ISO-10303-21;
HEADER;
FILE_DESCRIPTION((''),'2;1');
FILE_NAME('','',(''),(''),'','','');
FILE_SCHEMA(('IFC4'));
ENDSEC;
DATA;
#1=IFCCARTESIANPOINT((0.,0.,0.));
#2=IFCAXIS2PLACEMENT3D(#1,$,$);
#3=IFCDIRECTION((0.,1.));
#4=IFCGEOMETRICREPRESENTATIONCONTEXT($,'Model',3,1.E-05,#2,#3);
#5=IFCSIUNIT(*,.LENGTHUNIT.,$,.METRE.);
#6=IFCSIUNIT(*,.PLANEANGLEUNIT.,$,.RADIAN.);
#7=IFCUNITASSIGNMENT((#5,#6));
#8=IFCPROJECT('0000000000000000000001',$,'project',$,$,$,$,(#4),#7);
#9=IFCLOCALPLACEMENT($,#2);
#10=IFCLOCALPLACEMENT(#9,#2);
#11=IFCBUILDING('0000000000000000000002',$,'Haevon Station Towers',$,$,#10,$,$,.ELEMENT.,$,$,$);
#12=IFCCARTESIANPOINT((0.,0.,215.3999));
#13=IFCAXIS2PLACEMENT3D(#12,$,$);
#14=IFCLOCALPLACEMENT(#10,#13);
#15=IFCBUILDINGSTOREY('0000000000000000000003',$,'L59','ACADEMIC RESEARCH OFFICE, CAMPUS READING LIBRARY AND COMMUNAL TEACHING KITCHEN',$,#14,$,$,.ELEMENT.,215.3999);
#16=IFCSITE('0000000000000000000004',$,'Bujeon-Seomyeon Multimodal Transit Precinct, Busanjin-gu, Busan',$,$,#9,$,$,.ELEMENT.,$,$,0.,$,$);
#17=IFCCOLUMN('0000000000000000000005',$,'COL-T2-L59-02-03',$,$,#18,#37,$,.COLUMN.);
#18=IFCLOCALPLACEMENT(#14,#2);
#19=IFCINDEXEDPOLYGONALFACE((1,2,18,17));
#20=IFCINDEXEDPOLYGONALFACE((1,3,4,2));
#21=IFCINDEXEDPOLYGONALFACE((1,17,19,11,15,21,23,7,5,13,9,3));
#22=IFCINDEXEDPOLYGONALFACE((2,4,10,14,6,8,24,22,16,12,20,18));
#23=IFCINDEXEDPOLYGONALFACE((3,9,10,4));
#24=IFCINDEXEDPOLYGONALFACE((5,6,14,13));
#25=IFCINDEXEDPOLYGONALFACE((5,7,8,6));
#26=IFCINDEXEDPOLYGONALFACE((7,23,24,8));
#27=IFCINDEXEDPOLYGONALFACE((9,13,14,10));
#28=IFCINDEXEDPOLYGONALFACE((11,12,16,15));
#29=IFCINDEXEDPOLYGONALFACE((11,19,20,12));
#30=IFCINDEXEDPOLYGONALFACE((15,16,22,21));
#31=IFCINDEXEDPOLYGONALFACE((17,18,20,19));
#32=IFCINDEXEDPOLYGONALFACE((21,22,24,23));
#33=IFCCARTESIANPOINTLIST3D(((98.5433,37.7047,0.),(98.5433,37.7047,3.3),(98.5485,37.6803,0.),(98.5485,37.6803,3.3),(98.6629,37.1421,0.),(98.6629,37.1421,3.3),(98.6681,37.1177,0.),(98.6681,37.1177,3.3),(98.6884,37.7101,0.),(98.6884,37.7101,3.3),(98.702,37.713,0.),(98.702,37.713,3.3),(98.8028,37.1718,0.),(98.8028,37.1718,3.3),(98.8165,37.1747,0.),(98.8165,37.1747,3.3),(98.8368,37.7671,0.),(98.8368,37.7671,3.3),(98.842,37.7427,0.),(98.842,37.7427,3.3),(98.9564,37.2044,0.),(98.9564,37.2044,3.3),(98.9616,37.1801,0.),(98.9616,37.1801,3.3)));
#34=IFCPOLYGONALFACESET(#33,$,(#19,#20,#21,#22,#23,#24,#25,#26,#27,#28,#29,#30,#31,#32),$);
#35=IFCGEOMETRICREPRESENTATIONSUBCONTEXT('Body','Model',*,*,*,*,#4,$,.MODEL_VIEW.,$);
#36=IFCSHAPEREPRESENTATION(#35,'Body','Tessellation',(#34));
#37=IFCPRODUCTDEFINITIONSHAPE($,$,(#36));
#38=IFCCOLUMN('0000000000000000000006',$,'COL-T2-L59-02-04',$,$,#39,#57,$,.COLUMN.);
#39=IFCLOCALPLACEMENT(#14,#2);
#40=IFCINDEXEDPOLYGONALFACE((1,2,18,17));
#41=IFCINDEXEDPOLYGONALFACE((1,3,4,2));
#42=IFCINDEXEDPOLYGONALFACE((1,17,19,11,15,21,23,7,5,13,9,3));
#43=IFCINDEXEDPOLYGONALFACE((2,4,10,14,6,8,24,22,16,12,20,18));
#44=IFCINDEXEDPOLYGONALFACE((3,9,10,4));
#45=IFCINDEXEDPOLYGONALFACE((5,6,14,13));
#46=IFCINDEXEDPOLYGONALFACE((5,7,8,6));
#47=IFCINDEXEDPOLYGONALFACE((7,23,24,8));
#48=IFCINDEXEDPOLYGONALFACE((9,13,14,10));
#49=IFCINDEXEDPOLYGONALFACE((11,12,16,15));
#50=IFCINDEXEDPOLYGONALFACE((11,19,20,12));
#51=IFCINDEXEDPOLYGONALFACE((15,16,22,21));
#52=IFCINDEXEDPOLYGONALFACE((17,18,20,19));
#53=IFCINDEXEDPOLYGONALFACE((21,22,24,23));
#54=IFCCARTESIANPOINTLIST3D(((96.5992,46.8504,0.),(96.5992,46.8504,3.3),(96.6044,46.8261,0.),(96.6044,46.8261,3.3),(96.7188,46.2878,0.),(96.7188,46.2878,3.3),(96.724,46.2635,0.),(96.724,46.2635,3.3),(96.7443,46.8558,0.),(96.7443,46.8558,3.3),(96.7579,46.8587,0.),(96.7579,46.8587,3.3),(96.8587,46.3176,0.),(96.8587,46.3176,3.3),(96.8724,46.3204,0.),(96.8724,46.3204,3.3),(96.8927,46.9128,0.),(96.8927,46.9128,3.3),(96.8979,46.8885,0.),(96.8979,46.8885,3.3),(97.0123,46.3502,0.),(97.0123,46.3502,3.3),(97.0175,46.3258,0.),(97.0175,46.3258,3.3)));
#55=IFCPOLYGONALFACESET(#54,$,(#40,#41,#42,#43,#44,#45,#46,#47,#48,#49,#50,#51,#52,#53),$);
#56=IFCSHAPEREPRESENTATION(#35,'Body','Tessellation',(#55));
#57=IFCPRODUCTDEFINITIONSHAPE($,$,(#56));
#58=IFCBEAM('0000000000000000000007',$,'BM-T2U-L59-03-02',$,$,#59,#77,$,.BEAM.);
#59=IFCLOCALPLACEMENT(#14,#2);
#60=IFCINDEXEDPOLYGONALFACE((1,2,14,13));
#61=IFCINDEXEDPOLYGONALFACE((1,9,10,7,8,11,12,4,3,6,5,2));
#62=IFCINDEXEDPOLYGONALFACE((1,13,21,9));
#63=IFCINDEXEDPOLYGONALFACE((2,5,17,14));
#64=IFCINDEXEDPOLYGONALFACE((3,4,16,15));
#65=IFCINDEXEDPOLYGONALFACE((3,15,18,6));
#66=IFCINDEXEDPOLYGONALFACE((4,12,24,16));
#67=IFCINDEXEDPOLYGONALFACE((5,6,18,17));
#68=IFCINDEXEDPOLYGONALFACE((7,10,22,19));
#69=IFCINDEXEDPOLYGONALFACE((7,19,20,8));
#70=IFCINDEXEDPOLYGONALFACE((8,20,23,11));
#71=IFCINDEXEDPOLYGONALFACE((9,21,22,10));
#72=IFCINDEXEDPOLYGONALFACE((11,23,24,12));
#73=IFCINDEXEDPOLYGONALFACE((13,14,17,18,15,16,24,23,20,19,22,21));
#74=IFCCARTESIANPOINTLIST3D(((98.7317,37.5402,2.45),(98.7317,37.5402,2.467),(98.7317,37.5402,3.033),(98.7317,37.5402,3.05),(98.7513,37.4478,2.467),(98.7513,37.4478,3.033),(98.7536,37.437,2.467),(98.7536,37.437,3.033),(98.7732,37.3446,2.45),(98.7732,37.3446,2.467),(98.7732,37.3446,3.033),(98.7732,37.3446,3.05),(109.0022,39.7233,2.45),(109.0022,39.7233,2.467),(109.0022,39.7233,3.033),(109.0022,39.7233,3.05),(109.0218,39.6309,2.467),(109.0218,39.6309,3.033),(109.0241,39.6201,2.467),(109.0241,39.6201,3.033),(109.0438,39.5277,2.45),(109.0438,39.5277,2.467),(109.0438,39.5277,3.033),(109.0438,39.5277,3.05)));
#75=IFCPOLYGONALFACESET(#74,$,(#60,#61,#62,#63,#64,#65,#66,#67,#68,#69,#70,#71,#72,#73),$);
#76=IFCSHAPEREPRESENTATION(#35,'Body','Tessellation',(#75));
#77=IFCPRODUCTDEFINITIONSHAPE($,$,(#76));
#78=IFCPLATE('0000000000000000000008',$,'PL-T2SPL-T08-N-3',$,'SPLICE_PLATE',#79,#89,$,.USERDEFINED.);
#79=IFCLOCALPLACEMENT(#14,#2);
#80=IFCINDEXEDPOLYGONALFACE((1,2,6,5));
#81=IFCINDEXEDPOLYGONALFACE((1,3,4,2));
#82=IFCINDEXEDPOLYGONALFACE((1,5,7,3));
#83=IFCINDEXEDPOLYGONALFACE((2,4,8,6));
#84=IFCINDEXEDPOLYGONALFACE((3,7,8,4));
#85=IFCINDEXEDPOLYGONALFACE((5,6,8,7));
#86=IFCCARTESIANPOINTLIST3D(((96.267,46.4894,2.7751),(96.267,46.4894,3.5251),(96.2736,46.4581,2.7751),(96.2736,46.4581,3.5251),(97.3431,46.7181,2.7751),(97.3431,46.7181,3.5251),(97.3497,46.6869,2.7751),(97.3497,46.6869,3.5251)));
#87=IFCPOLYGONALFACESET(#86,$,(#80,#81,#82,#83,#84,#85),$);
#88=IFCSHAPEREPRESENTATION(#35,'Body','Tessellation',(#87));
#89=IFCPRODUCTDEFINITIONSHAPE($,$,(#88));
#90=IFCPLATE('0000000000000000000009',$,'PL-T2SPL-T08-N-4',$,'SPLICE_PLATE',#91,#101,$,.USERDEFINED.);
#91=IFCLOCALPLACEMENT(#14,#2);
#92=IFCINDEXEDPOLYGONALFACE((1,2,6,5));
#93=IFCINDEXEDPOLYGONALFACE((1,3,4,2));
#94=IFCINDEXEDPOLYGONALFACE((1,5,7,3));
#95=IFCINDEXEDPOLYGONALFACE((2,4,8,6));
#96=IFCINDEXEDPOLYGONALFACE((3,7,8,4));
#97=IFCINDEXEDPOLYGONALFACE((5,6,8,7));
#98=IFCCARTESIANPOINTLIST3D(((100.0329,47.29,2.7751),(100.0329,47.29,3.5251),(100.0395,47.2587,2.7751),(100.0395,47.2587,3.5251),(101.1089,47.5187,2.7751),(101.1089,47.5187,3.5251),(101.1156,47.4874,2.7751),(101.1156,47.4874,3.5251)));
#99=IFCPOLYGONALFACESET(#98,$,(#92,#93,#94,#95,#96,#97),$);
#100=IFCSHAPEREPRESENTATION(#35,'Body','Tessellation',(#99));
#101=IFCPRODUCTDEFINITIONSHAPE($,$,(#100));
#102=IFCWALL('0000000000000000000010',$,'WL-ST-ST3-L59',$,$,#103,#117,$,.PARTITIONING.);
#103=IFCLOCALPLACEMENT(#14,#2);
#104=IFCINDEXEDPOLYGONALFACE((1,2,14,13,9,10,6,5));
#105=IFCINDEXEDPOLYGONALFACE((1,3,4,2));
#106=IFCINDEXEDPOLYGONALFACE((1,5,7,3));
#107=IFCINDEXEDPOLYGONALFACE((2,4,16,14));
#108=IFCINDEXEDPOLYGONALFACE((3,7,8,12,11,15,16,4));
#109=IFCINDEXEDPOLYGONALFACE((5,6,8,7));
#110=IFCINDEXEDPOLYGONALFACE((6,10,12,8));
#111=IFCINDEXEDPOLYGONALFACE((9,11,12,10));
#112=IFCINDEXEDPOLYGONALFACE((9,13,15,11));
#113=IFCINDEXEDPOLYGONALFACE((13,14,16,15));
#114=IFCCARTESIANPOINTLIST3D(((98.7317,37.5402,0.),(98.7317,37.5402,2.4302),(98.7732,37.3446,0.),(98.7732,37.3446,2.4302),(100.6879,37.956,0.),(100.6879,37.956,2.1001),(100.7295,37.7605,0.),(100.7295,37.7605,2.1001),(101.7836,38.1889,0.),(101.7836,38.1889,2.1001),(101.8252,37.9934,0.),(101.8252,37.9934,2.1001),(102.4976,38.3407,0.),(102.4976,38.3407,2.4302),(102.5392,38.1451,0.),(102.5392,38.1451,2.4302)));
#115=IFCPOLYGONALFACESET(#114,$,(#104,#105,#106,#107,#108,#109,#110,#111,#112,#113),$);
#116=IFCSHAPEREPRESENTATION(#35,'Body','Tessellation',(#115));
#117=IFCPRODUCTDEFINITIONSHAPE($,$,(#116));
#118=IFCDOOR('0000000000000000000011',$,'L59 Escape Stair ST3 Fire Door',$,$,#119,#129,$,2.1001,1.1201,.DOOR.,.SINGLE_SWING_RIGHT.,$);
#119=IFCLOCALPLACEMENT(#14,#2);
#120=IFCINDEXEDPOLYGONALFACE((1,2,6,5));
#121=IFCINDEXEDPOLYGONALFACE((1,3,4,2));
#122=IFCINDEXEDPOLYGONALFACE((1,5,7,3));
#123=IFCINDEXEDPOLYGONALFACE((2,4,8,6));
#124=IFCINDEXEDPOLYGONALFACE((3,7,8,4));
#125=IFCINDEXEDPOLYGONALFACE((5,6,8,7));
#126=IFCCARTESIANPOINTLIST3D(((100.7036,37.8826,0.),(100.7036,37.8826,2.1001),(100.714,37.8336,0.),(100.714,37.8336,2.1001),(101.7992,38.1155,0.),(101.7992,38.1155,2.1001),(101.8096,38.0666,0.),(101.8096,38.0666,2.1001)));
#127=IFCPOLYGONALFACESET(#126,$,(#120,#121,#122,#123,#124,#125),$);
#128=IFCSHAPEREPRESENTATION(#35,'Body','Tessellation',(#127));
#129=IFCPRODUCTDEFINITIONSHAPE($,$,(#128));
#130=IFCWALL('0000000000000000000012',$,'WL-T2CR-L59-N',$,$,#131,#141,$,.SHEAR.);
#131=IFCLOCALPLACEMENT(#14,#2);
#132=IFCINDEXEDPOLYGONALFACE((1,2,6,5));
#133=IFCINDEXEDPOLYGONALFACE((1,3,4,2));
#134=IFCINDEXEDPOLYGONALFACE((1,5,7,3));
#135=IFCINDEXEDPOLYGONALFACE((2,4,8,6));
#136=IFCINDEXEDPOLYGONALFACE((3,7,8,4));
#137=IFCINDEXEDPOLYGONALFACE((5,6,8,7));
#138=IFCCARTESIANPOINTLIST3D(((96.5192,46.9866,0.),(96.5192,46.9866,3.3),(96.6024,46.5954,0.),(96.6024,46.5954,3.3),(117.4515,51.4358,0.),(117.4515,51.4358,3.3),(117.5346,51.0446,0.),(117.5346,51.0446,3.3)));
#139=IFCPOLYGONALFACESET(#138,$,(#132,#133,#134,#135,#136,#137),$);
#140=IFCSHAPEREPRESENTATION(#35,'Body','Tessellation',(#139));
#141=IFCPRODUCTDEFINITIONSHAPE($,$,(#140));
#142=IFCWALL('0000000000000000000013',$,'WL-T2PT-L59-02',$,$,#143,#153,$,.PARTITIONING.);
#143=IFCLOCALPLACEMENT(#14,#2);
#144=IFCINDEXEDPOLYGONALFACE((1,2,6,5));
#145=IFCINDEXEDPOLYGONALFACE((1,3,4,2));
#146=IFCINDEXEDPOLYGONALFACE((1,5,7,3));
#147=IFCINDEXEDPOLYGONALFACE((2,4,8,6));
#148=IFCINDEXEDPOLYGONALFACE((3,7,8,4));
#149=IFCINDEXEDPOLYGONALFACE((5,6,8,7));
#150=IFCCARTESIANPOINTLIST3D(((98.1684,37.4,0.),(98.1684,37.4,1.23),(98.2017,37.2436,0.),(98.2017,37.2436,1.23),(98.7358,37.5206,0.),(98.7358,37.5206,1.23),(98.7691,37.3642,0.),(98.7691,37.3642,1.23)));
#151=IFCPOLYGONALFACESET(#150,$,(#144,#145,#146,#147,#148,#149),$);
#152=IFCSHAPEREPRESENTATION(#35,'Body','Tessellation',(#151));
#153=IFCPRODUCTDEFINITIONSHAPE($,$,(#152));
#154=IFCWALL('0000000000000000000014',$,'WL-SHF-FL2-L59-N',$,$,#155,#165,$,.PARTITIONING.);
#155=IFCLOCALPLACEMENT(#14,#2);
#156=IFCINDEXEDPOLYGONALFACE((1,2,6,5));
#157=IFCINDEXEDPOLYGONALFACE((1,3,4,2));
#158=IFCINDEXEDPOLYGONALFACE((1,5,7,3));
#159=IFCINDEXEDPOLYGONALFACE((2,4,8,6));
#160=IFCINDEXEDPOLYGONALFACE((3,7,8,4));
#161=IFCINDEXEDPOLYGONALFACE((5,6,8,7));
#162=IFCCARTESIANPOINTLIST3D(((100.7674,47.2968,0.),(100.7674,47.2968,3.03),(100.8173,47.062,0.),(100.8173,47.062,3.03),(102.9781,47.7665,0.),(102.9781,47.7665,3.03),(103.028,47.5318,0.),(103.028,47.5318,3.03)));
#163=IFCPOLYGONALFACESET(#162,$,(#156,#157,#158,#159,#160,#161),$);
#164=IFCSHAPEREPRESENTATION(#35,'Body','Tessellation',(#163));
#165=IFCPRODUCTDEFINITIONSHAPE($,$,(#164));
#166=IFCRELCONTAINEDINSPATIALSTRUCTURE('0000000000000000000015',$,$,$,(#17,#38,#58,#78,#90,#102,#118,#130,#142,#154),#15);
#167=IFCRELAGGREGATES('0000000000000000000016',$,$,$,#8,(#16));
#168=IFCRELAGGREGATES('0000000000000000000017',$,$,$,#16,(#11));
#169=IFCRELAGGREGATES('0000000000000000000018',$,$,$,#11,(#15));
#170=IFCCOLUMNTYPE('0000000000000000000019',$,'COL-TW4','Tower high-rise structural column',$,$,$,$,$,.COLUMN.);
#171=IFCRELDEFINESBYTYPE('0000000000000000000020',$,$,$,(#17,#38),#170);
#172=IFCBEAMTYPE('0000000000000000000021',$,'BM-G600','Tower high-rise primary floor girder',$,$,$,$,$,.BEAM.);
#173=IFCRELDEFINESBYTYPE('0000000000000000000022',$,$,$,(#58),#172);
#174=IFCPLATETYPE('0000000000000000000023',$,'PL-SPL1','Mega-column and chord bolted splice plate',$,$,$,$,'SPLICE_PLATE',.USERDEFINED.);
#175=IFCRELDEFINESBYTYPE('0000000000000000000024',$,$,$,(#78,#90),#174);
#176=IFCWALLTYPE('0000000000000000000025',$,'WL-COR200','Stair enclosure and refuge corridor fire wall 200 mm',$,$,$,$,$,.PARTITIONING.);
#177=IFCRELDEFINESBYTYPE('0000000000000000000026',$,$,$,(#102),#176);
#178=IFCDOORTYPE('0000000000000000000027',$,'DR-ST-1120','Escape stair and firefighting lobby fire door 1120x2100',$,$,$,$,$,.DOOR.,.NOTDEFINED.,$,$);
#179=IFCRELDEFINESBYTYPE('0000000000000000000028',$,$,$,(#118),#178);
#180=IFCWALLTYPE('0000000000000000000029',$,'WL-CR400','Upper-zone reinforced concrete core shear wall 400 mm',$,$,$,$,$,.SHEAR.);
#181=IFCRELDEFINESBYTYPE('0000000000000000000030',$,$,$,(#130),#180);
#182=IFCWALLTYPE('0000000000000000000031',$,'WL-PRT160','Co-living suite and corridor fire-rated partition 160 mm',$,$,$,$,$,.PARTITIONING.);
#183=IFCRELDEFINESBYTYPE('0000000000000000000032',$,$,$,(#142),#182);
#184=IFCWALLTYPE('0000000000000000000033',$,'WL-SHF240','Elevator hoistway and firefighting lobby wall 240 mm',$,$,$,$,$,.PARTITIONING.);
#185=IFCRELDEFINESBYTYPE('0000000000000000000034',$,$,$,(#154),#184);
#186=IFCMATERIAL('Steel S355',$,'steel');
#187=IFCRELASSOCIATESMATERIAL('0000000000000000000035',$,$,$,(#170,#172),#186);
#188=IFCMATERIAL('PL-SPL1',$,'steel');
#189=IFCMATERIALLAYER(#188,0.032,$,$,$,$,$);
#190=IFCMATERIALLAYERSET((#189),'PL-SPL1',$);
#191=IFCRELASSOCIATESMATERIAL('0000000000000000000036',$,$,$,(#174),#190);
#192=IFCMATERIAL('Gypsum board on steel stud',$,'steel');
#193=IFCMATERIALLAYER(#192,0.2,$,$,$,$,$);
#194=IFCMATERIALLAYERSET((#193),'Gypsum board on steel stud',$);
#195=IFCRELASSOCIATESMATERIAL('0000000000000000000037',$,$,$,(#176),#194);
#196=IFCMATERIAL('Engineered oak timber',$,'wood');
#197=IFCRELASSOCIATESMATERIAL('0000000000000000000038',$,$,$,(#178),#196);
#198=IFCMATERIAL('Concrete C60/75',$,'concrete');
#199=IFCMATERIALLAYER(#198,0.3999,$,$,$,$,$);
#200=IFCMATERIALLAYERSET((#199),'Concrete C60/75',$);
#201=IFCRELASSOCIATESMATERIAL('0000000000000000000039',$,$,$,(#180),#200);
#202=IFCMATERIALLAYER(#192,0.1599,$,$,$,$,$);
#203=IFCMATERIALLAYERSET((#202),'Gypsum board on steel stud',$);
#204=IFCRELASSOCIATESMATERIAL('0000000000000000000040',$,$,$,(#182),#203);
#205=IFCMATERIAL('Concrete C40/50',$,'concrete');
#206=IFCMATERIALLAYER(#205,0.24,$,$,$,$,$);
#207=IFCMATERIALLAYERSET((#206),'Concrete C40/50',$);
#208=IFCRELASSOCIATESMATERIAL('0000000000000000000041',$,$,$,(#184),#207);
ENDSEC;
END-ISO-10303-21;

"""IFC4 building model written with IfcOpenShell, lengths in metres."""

from ifc_helpers import new_model, si_unit, direction, frame, frame_2d, origin, origin_2d, place, context, subcontext, project, spatial, rectangle, i_section, extrude, material, layer, layer_set, material_profile, profile_set, type_object, element, fill, save


model = new_model("IFC4")

# Units and contexts
model_context = context("Model", 3, precision=1e-05, world=origin(), true_north=direction((0.0, 1.0)))
body_context = subcontext(model_context, "Body", "Model", "MODEL_VIEW")
ifc_project = project(units=[si_unit("LENGTHUNIT", "METRE"), si_unit("PLANEANGLEUNIT", "RADIAN")], contexts=[model_context])

# Site, building, storey
site_placement = place(None, origin())
site = spatial("IfcSite", under=ifc_project, at=site_placement, Name="Bujeon-Seomyeon Multimodal Transit Precinct, Busanjin-gu, Busan", CompositionType="ELEMENT", RefElevation=0.0)
building_placement = place(site_placement, origin())
building = spatial("IfcBuilding", under=site, at=building_placement, Name="Haevon Station Towers", CompositionType="ELEMENT")
storey_placement = place(building_placement, frame((0.0, 0.0, 215.3999)))
storey = spatial("IfcBuildingStorey", under=building, at=storey_placement, Name="L59", Description="ACADEMIC RESEARCH OFFICE, CAMPUS READING LIBRARY AND COMMUNAL TEACHING KITCHEN", CompositionType="ELEMENT", Elevation=215.3999)

# Columns
ifc_material_1 = material(Name="Steel S355", Category="steel")
ifc_material_profile_1 = material_profile(ifc_material_1, i_section(OverallWidth=0.3, OverallDepth=0.6001, WebThickness=0.0139, FlangeThickness=0.0249, at=origin_2d()), Name="H-600x300x14x25")
ifc_profile_set_1 = profile_set([ifc_material_profile_1], Name="Steel S355")
column_type = type_object("IfcColumnType", Name="COL-TW4", Description="Tower high-rise structural column", PredefinedType="COLUMN", material=ifc_profile_set_1)
for number, where, z_axis, x_axis, name in (
    (1, (98.7524, 37.4424, 0.0), (0.0, 0.0, 1.0), (0.978148, 0.207912, 0.0), "COL-T2-L59-02-03"),
    (2, (96.8083, 46.5881, 0.0), (0.0, 0.0, 1.0), (0.978148, 0.207912, 0.0), "COL-T2-L59-02-04"),
):
    element("IfcColumn", number, at=place(storey_placement, frame(where, z_axis=z_axis, x_axis=x_axis)), inside=storey, type_object=column_type, Name=name, PredefinedType="COLUMN", context=body_context, shape_type="SweptSolid", body=[
        extrude(i_section(OverallWidth=0.3, OverallDepth=0.6001, WebThickness=0.0139, FlangeThickness=0.0249, at=origin_2d()), origin(), (0.0, 0.0, 1.0), 3.3),
    ])

# Beam
ifc_material_profile_2 = material_profile(ifc_material_1, i_section(OverallWidth=0.2, OverallDepth=0.6001, WebThickness=0.011, FlangeThickness=0.0171, at=origin_2d()), Name="H-600x200x11x17")
ifc_profile_set_2 = profile_set([ifc_material_profile_2], Name="Steel S355")
beam_type = type_object("IfcBeamType", Name="BM-G600", Description="Tower high-rise primary floor girder", PredefinedType="BEAM", material=ifc_profile_set_2)
beam_placement = place(storey_placement, frame((98.7524, 37.4424, 2.75), z_axis=(0.978147, 0.207915, 0.0), x_axis=(-0.207915, 0.978147, 0.0)))
element("IfcBeam", 3, at=beam_placement, inside=storey, type_object=beam_type, Name="BM-T2U-L59-03-02", PredefinedType="BEAM", context=body_context, shape_type="SweptSolid", body=[
    extrude(i_section(OverallWidth=0.2, OverallDepth=0.6001, WebThickness=0.011, FlangeThickness=0.0171, at=origin_2d()), origin(), (0.0, 0.0, 1.0), 10.5),
])

# Plates
ifc_material_2 = material(Name="PL-SPL1", Category="steel")
ifc_layer_1 = layer(ifc_material_2, 0.032)
ifc_layer_set_1 = layer_set([ifc_layer_1], Name="PL-SPL1")
plate_type = type_object("IfcPlateType", Name="PL-SPL1", Description="Mega-column and chord bolted splice plate", ElementType="SPLICE_PLATE", PredefinedType="USERDEFINED", material=ifc_layer_set_1)
for number, where, z_axis, x_axis, name in (
    (4, (96.8083, 46.5881, 2.7751), (0.0, 0.0, 1.0), (0.978148, 0.207912, 0.0), "PL-T2SPL-T08-N-3"),
    (5, (100.5742, 47.3887, 2.7751), (0.0, 0.0, 1.0), (0.978148, 0.207912, 0.0), "PL-T2SPL-T08-N-4"),
):
    element("IfcPlate", number, at=place(storey_placement, frame(where, z_axis=z_axis, x_axis=x_axis)), inside=storey, type_object=plate_type, Name=name, ObjectType="SPLICE_PLATE", PredefinedType="USERDEFINED", context=body_context, shape_type="SweptSolid", body=[
        extrude(rectangle(XDim=1.1001, YDim=0.032, at=origin_2d()), origin(), (0.0, 0.0, 1.0), 0.75),
    ])

# Wall, opening, door
ifc_material_3 = material(Name="Gypsum board on steel stud", Category="steel")
ifc_layer_2 = layer(ifc_material_3, 0.2)
ifc_layer_set_2 = layer_set([ifc_layer_2], Name="Gypsum board on steel stud")
wall_type_1 = type_object("IfcWallType", Name="WL-COR200", Description="Stair enclosure and refuge corridor fire wall 200 mm", PredefinedType="PARTITIONING", material=ifc_layer_set_2)
wall_1_placement = place(storey_placement, frame((98.7524, 37.4424, 0.0), z_axis=(0.0, 0.0, 1.0), x_axis=(0.978144, 0.207931, 0.0)))
wall_1 = element("IfcWall", 6, at=wall_1_placement, inside=storey, type_object=wall_type_1, Name="WL-ST-ST3-L59", PredefinedType="PARTITIONING", context=body_context, shape_type="SweptSolid", body=[
    extrude(rectangle(XDim=3.8501, YDim=0.2, at=frame_2d((1.925, 0.0))), origin(), (0.0, 0.0, 1.0), 2.4302),
])
opening_1_placement = place(wall_1_placement, frame((2.0, 0.0, 0.0)))
opening_1 = element("IfcOpeningElement", 7, at=opening_1_placement, cuts=wall_1, PredefinedType="OPENING", context=body_context, shape_type="SweptSolid", body=[
    extrude(rectangle(XDim=1.1201, YDim=2.1001, at=frame_2d((0.5601, 1.05))), frame((0.0, 0.1099, 0.0), z_axis=(0.0, -1.0, 0.0), x_axis=(1.0, 0.0, 0.0)), (0.0, 0.0, 1.0), 0.22),
])
ifc_material_4 = material(Name="Engineered oak timber", Category="wood")
door_type_1 = type_object("IfcDoorType", Name="DR-ST-1120", Description="Escape stair and firefighting lobby fire door 1120x2100", OperationType="NOTDEFINED", PredefinedType="DOOR", material=ifc_material_4)
door_1_placement = place(opening_1_placement, origin())
door_1 = element("IfcDoor", 8, at=door_1_placement, inside=storey, type_object=door_type_1, Name="L59 Escape Stair ST3 Fire Door", OperationType="SINGLE_SWING_RIGHT", OverallHeight=2.1001, OverallWidth=1.1201, PredefinedType="DOOR", context=body_context, shape_type="SweptSolid", body=[
    extrude(rectangle(XDim=1.1201, YDim=2.1001, at=frame_2d((0.5601, 1.05))), frame((0.0, 0.0249, 0.0), z_axis=(0.0, -1.0, 0.0), x_axis=(1.0, 0.0, 0.0)), (0.0, 0.0, 1.0), 0.05),
])
fill(opening_1, door_1)

# Walls
ifc_material_5 = material(Name="Concrete C60/75", Category="concrete")
ifc_layer_3 = layer(ifc_material_5, 0.3999)
ifc_layer_set_3 = layer_set([ifc_layer_3], Name="Concrete C60/75")
wall_type_2 = type_object("IfcWallType", Name="WL-CR400", Description="Upper-zone reinforced concrete core shear wall 400 mm", PredefinedType="SHEAR", material=ifc_layer_set_3)
wall_2_placement = place(storey_placement, frame((96.5608, 46.791, 0.0), z_axis=(0.0, 0.0, 1.0), x_axis=(0.978148, 0.207907, 0.0)))
element("IfcWall", 9, at=wall_2_placement, inside=storey, type_object=wall_type_2, Name="WL-T2CR-L59-N", PredefinedType="SHEAR", context=body_context, shape_type="SweptSolid", body=[
    extrude(rectangle(XDim=21.3999, YDim=0.3999, at=frame_2d((10.7, 0.0))), origin(), (0.0, 0.0, 1.0), 3.3),
])
ifc_layer_4 = layer(ifc_material_3, 0.1599)
ifc_layer_set_4 = layer_set([ifc_layer_4], Name="Gypsum board on steel stud")
wall_type_3 = type_object("IfcWallType", Name="WL-PRT160", Description="Co-living suite and corridor fire-rated partition 160 mm", PredefinedType="PARTITIONING", material=ifc_layer_set_4)
wall_3_placement = place(storey_placement, frame((98.1851, 37.3218, 0.0), z_axis=(0.0, 0.0, 1.0), x_axis=(0.978146, 0.207919, 0.0)))
element("IfcWall", 10, at=wall_3_placement, inside=storey, type_object=wall_type_3, Name="WL-T2PT-L59-02", PredefinedType="PARTITIONING", context=body_context, shape_type="SweptSolid", body=[
    extrude(rectangle(XDim=0.5801, YDim=0.1599, at=frame_2d((0.29, 0.0))), origin(), (0.0, 0.0, 1.0), 1.23),
])

# Shared definitions
ifc_material_6 = material(Name="Concrete C40/50", Category="concrete")
ifc_layer_5 = layer(ifc_material_6, 0.24)
ifc_layer_set_5 = layer_set([ifc_layer_5], Name="Concrete C40/50")
wall_type_4 = type_object("IfcWallType", Name="WL-SHF240", Description="Elevator hoistway and firefighting lobby wall 240 mm", PredefinedType="PARTITIONING", material=ifc_layer_set_5)

# Wall
wall_4_placement = place(storey_placement, frame((100.7925, 47.1794, 0.0), z_axis=(0.0, 0.0, 1.0), x_axis=(0.978163, 0.207839, 0.0)))
element("IfcWall", 11, at=wall_4_placement, inside=storey, type_object=wall_type_4, Name="WL-SHF-FL2-L59-N", PredefinedType="PARTITIONING", context=body_context, shape_type="SweptSolid", body=[
    extrude(rectangle(XDim=2.26, YDim=0.24, at=frame_2d((1.1299, 0.0))), origin(), (0.0, 0.0, 1.0), 3.03),
])

save(model, "model.ifc")
